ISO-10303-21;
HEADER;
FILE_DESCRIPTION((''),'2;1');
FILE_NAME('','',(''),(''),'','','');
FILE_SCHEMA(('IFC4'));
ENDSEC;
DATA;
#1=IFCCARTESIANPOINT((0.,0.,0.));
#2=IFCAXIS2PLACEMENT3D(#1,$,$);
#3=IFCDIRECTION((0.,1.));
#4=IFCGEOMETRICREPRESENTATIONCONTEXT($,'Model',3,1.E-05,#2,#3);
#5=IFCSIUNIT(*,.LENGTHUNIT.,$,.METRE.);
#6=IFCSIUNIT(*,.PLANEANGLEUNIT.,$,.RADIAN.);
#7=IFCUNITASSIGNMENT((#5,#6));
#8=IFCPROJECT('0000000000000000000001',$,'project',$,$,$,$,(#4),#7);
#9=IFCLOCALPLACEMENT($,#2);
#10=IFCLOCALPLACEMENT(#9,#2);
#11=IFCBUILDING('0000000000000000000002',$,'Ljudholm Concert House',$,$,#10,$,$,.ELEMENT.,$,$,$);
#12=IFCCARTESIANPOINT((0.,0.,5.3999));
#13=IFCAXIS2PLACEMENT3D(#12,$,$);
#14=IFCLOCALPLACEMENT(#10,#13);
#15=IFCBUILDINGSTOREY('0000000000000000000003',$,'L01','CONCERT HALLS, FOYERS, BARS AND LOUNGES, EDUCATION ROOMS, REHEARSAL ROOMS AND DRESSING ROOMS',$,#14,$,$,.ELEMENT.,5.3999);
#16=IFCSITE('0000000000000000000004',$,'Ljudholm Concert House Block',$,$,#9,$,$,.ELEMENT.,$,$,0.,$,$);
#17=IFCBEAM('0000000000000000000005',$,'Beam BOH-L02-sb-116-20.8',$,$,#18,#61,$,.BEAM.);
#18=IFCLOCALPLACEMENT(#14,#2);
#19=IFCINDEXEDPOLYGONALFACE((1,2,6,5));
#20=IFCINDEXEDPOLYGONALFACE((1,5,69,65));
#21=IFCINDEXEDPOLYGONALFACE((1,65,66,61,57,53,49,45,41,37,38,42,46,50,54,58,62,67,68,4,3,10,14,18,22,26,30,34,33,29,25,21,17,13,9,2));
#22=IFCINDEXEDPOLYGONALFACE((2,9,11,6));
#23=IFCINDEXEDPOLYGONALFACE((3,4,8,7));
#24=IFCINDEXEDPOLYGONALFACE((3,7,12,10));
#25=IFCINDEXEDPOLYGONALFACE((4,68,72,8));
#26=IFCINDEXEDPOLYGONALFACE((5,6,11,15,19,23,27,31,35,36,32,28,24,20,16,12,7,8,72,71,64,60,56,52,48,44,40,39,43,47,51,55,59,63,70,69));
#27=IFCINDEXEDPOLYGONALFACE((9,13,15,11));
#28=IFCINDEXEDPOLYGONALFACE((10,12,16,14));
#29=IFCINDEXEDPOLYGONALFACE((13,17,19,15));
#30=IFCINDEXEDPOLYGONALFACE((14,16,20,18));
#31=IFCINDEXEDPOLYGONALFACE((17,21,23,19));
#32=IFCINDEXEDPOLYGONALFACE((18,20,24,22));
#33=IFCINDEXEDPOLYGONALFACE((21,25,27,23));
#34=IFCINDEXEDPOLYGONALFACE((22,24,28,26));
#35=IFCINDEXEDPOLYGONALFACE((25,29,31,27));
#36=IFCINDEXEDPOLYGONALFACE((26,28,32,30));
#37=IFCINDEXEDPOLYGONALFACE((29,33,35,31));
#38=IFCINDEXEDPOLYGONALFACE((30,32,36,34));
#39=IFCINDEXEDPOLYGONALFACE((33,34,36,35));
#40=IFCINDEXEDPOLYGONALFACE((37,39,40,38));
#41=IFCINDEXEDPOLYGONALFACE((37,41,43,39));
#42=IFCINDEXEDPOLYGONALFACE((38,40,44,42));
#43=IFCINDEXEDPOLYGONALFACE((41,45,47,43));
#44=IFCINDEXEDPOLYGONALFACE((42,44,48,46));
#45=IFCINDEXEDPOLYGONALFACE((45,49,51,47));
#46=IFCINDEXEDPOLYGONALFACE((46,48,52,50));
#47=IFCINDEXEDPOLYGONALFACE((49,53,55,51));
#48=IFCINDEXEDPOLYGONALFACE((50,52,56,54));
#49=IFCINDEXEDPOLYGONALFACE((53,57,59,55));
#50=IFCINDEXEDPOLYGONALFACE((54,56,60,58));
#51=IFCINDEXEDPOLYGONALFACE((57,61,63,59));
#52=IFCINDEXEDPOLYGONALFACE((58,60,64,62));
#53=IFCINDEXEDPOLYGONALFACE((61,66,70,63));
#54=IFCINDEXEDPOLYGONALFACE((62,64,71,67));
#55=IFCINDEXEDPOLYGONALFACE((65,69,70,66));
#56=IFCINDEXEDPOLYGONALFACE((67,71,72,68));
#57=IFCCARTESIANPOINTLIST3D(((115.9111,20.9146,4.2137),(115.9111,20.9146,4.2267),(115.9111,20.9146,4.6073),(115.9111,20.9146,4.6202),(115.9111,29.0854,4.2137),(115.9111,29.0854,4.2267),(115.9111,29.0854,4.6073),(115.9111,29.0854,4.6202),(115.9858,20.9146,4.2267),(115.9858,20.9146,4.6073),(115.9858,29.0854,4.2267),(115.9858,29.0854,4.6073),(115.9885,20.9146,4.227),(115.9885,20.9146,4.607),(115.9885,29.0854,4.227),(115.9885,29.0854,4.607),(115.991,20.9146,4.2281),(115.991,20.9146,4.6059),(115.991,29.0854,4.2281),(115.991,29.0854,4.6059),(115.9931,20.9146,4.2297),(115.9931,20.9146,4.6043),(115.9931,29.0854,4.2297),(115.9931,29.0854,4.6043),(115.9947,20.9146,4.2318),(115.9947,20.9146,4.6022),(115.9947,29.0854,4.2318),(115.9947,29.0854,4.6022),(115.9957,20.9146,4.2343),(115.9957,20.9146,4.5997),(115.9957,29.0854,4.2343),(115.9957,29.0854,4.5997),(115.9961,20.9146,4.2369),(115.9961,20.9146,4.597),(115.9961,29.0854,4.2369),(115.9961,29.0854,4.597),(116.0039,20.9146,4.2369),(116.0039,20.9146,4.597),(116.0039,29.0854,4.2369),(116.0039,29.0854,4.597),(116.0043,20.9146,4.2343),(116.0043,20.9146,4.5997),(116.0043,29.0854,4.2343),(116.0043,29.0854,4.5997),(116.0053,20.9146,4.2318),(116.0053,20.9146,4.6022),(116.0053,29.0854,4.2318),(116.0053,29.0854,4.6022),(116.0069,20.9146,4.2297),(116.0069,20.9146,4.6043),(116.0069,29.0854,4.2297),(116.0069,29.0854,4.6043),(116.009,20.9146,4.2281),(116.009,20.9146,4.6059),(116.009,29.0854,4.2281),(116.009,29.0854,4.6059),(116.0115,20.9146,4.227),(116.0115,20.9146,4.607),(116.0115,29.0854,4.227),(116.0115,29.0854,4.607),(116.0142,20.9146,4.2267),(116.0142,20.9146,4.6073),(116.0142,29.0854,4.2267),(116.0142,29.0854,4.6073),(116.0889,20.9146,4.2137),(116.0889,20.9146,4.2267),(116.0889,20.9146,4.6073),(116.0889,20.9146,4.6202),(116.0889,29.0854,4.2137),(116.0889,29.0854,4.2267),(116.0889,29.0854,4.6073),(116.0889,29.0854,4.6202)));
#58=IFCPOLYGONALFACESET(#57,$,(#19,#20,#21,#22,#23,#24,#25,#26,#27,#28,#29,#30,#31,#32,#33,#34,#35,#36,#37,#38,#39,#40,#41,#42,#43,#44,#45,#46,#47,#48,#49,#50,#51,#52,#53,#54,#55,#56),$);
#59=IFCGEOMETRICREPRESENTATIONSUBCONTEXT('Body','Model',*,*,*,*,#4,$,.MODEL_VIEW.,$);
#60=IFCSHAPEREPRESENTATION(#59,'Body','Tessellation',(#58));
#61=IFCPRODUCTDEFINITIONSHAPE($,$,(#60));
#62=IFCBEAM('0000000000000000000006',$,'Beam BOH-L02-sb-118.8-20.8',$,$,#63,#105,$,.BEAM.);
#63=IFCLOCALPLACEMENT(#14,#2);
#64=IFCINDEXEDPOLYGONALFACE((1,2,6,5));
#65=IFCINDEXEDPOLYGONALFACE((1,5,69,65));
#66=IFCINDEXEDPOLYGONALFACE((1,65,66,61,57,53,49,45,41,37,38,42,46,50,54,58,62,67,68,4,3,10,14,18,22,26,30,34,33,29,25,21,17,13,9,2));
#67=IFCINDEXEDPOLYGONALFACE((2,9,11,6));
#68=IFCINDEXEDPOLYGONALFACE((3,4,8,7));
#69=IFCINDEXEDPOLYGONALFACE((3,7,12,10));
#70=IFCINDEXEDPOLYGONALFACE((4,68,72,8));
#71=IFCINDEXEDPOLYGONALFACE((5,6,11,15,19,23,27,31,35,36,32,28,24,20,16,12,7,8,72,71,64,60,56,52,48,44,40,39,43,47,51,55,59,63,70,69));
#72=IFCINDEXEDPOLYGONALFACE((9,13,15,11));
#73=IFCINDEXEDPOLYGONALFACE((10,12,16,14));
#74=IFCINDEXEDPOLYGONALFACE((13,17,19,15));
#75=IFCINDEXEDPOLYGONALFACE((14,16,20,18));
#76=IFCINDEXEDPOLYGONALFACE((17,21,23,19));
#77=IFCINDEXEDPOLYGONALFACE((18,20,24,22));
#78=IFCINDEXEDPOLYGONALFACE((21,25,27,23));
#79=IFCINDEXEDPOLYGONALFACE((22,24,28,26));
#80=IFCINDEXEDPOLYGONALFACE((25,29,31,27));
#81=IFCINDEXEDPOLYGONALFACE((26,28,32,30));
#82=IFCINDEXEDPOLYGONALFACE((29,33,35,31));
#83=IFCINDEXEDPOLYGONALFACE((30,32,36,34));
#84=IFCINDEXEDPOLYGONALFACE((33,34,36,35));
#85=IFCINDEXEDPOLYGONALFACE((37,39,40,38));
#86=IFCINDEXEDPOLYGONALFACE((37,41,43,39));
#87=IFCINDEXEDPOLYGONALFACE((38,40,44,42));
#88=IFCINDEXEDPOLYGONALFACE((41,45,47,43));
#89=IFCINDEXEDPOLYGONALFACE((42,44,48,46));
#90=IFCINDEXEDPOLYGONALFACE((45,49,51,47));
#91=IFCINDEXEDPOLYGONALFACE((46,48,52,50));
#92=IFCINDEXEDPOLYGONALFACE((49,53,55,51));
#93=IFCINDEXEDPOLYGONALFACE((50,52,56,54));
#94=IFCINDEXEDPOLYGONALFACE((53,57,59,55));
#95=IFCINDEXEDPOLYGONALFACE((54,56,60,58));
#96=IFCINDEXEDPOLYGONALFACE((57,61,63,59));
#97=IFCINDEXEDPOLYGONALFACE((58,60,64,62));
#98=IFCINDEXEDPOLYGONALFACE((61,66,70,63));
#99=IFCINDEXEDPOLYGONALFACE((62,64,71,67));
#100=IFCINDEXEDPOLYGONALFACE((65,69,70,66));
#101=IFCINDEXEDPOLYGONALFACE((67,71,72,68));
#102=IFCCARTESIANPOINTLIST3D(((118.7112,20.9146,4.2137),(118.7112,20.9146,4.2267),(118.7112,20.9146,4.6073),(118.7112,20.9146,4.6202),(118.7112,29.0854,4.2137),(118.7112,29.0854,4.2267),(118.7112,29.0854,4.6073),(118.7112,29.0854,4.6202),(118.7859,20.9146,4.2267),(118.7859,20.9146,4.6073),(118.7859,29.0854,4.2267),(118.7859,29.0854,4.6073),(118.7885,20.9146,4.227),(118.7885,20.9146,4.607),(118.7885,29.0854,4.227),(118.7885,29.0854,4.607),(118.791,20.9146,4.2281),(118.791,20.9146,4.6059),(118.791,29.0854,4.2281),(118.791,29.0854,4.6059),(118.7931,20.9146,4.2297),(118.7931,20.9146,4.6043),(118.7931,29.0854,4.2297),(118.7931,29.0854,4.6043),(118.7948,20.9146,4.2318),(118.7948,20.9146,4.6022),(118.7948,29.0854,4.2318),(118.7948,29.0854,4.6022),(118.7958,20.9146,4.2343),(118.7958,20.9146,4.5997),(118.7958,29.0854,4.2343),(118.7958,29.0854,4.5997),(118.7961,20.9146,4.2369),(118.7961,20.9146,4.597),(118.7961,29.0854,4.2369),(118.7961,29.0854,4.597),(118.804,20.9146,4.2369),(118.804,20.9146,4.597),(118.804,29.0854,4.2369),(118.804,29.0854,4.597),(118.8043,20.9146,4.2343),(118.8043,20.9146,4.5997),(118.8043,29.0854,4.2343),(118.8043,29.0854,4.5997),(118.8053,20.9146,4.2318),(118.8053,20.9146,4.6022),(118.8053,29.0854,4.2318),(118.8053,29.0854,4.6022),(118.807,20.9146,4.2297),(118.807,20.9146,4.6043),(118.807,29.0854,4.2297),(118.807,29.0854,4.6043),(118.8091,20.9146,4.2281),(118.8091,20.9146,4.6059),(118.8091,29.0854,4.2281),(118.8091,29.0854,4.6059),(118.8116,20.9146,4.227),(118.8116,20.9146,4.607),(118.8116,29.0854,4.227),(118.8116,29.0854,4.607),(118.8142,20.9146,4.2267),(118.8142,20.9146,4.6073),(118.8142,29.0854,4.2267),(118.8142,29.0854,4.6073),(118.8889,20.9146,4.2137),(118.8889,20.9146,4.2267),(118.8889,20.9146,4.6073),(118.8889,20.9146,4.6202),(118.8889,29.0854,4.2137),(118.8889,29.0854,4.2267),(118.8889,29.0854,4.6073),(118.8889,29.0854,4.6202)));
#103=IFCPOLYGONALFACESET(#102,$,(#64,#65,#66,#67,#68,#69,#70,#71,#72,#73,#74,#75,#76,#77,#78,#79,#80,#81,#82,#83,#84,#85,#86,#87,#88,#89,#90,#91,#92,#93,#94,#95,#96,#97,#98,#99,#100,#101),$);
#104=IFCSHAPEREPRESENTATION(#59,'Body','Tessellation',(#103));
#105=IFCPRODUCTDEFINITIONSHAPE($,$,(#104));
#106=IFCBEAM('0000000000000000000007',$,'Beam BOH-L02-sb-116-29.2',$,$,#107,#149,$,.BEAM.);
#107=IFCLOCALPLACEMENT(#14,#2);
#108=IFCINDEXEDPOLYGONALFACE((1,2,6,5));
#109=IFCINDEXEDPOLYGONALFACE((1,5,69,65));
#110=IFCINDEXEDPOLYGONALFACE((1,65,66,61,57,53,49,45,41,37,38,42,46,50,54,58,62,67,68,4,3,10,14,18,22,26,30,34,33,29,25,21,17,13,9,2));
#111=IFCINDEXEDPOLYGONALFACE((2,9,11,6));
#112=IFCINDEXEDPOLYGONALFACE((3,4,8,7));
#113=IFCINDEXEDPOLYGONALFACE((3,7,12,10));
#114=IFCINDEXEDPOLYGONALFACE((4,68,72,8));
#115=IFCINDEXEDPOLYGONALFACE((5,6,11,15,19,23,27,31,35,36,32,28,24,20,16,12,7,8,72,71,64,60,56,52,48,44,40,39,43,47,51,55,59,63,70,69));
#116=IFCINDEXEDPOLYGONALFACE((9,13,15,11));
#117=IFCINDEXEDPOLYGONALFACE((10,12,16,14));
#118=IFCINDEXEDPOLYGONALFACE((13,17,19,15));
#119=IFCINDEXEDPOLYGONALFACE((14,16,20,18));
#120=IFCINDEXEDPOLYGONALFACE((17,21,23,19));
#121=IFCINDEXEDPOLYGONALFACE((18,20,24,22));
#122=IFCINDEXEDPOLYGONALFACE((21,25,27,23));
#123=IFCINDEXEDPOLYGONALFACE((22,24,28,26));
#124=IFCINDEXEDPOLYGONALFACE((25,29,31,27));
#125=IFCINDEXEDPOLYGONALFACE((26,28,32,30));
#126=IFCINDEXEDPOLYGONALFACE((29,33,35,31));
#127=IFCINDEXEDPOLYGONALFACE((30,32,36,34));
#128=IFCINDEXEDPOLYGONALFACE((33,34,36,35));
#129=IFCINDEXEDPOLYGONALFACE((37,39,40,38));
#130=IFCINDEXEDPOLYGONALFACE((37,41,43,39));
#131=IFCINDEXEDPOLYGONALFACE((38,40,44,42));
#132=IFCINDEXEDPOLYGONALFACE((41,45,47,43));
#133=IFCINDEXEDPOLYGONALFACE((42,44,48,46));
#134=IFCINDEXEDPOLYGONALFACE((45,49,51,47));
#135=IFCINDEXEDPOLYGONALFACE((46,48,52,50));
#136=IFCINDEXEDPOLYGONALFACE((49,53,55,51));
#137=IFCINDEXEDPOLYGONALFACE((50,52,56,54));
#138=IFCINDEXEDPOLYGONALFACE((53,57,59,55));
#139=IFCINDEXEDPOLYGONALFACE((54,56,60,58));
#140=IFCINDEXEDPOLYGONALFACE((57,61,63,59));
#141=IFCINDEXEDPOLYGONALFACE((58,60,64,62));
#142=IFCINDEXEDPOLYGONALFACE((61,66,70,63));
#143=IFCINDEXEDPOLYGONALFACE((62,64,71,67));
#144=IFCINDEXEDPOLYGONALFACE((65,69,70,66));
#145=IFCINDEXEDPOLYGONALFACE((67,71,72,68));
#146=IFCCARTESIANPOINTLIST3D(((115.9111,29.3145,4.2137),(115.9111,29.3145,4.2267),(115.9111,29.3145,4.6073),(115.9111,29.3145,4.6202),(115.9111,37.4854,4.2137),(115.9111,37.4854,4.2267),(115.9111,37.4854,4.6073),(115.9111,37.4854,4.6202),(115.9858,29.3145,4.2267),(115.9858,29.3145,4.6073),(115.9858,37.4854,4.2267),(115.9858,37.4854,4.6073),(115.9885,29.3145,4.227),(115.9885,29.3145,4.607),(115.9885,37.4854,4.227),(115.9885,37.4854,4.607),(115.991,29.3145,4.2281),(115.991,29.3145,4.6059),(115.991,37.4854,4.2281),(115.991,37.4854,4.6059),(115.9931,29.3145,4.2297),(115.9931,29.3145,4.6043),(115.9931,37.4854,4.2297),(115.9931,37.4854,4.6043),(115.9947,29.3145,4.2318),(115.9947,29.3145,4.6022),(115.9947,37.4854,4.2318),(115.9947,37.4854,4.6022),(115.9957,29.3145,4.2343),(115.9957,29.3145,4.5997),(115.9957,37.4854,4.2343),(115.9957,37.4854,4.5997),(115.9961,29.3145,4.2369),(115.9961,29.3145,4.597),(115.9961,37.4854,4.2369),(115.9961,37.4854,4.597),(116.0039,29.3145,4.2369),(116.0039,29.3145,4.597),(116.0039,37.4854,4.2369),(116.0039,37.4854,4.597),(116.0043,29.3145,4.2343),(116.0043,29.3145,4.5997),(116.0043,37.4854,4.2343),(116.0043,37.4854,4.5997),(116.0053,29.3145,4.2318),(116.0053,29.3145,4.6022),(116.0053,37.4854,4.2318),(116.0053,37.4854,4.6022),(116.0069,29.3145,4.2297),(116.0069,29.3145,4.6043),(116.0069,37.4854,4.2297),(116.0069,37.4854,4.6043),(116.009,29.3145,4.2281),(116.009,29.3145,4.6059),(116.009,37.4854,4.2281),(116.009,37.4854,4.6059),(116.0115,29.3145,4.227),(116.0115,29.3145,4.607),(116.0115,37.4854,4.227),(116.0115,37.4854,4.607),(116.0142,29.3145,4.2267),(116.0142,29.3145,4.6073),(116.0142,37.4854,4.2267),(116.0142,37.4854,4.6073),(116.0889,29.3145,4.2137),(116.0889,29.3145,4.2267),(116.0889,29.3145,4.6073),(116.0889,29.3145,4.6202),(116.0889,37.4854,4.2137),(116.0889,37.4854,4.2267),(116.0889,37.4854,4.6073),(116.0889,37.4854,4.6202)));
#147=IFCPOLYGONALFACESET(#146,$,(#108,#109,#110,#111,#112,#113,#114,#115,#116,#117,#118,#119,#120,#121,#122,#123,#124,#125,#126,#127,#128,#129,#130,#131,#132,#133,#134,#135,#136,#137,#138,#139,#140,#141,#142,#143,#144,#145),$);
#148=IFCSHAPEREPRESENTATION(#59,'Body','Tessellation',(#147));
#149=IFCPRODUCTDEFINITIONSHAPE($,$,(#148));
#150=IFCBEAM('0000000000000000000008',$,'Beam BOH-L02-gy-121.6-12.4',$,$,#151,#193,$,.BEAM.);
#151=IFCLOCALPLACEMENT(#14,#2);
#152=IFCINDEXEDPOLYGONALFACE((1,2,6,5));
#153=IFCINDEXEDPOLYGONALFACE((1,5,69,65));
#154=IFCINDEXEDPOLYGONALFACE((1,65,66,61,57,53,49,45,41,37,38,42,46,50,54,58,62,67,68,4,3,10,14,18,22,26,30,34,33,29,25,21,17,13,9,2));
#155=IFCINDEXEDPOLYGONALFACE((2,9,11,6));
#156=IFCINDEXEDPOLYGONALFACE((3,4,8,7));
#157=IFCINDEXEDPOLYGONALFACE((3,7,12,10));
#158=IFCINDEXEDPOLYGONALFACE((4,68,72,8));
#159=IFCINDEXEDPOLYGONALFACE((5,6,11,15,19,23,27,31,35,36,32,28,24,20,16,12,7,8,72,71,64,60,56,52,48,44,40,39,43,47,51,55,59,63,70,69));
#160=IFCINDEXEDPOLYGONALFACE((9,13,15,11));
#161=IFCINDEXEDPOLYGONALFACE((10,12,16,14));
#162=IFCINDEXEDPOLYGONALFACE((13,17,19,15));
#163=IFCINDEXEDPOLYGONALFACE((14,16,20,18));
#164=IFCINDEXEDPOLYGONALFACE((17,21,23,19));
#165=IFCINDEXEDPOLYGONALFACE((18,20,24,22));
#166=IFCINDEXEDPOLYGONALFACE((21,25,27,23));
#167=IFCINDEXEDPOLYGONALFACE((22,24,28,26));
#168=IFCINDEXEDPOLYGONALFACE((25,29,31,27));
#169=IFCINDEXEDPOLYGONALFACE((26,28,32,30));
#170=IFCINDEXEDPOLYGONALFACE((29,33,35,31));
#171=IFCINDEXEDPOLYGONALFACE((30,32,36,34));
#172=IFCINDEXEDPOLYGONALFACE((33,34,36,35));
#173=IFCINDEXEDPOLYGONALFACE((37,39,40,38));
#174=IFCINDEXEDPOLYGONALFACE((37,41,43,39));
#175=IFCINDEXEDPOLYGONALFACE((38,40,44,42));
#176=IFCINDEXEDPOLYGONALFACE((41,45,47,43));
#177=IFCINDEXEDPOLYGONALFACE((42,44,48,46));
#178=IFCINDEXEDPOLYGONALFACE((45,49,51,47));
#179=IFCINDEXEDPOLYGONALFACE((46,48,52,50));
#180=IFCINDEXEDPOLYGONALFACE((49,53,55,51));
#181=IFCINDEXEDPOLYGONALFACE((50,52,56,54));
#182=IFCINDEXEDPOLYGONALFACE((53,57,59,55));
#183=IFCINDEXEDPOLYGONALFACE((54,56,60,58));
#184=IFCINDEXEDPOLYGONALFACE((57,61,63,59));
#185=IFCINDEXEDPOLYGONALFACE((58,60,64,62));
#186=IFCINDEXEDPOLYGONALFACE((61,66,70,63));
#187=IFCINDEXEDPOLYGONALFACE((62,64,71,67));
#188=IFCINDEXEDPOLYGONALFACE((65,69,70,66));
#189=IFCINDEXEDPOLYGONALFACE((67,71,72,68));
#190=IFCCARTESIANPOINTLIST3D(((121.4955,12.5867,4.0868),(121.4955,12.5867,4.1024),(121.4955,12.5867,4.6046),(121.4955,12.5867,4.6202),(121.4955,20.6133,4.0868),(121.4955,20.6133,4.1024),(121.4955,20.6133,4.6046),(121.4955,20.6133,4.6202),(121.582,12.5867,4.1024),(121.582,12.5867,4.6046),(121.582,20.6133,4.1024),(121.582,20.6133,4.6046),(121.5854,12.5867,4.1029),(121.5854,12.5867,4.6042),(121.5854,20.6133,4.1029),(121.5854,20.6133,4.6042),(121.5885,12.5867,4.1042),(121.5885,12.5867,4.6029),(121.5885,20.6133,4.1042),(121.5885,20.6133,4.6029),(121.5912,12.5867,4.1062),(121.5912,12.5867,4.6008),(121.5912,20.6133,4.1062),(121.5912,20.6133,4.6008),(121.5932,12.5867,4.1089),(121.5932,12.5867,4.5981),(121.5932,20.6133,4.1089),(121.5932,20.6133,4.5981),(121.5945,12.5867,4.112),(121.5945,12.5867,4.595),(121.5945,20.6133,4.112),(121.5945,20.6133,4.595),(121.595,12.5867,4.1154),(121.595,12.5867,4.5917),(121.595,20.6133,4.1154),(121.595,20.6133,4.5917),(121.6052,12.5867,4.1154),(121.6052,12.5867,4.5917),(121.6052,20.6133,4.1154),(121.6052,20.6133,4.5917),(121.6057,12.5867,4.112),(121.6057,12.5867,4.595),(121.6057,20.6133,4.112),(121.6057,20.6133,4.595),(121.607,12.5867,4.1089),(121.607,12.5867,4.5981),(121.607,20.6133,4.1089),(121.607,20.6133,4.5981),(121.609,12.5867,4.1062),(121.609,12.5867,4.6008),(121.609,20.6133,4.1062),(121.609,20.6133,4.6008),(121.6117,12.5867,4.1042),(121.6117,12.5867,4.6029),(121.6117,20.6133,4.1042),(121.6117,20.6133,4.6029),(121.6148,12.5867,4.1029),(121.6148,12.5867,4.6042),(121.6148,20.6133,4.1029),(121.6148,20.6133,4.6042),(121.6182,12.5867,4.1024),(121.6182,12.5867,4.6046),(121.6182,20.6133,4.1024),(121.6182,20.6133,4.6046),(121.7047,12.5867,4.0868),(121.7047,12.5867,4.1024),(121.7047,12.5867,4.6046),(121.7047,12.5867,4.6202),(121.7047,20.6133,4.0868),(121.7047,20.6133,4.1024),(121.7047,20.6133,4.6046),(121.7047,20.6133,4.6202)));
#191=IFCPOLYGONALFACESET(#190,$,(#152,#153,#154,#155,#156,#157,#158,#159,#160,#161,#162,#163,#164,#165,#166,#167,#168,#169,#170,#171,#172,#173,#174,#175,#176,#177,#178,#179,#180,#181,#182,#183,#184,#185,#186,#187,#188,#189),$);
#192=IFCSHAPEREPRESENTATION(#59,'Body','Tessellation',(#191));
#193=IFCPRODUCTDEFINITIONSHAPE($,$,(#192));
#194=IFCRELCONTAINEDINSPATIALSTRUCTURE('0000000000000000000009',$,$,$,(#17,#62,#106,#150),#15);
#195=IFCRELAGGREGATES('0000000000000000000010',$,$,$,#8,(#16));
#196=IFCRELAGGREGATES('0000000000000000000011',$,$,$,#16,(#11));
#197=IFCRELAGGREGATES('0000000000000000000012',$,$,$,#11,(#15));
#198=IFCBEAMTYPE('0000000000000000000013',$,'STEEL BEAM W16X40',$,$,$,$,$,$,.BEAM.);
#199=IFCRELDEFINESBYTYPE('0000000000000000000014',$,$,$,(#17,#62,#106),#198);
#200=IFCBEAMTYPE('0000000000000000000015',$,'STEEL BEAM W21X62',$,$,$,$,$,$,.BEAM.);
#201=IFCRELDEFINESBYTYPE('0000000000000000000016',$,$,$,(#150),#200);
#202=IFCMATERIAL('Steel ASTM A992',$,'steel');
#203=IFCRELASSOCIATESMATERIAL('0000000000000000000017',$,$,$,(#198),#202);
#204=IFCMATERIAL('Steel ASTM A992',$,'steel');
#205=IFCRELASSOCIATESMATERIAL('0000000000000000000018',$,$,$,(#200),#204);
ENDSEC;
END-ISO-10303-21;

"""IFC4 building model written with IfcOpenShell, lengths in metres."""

from ifc_helpers import new_model, si_unit, direction, frame, origin, origin_2d, place, context, subcontext, project, spatial, i_section, extrude, material, material_profile, profile_set, type_object, element, save


model = new_model("IFC4")

# Units and contexts
model_context = context("Model", 3, precision=1e-05, world=origin(), true_north=direction((0.0, 1.0)))
body_context = subcontext(model_context, "Body", "Model", "MODEL_VIEW")
ifc_project = project(units=[si_unit("LENGTHUNIT", "METRE"), si_unit("PLANEANGLEUNIT", "RADIAN")], contexts=[model_context])

# Site, building, storey
site_placement = place(None, origin())
site = spatial("IfcSite", under=ifc_project, at=site_placement, Name="Ljudholm Concert House Block", CompositionType="ELEMENT", RefElevation=0.0)
building_placement = place(site_placement, origin())
building = spatial("IfcBuilding", under=site, at=building_placement, Name="Ljudholm Concert House", CompositionType="ELEMENT")
storey_placement = place(building_placement, frame((0.0, 0.0, 5.3999)))
storey = spatial("IfcBuildingStorey", under=building, at=storey_placement, Name="L01", Description="CONCERT HALLS, FOYERS, BARS AND LOUNGES, EDUCATION ROOMS, REHEARSAL ROOMS AND DRESSING ROOMS", CompositionType="ELEMENT", Elevation=5.3999)

# Beams
ifc_material_1 = material(Name="Steel ASTM A992", Category="steel")
ifc_material_profile_1 = material_profile(ifc_material_1, i_section(OverallWidth=0.1777, OverallDepth=0.4065, WebThickness=0.0078, FlangeThickness=0.0129, FilletRadius=0.0103, at=origin_2d()), Name="W16X40")
ifc_profile_set_1 = profile_set([ifc_material_profile_1], Name="Steel ASTM A992")
beam_type_1 = type_object("IfcBeamType", Name="STEEL BEAM W16X40", PredefinedType="BEAM", material=ifc_profile_set_1)
for number, where, z_axis, x_axis, name in (
    (1, (116.0, 20.9146, 4.417), (0.0, 1.0, 0.0), (-1.0, 0.0, 0.0), "Beam BOH-L02-sb-116-20.8"),
    (2, (118.8, 20.9146, 4.417), (0.0, 1.0, 0.0), (-1.0, 0.0, 0.0), "Beam BOH-L02-sb-118.8-20.8"),
    (3, (116.0, 29.3145, 4.417), (0.0, 1.0, 0.0), (-1.0, 0.0, 0.0), "Beam BOH-L02-sb-116-29.2"),
):
    element("IfcBeam", number, at=place(storey_placement, frame(where, z_axis=z_axis, x_axis=x_axis)), inside=storey, type_object=beam_type_1, Name=name, PredefinedType="BEAM", context=body_context, shape_type="SweptSolid", body=[
        extrude(i_section(OverallWidth=0.1777, OverallDepth=0.4065, WebThickness=0.0078, FlangeThickness=0.0129, FilletRadius=0.0103, at=origin_2d()), origin(), (0.0, 0.0, 1.0), 8.1709),
    ])
ifc_material_2 = material(Name="Steel ASTM A992", Category="steel")
ifc_material_profile_2 = material_profile(ifc_material_2, i_section(OverallWidth=0.2092, OverallDepth=0.5334, WebThickness=0.0103, FlangeThickness=0.0156, FilletRadius=0.0129, at=origin_2d()), Name="W21X62")
ifc_profile_set_2 = profile_set([ifc_material_profile_2], Name="Steel ASTM A992")
beam_type_2 = type_object("IfcBeamType", Name="STEEL BEAM W21X62", PredefinedType="BEAM", material=ifc_profile_set_2)
beam_1_placement = place(storey_placement, frame((121.6001, 12.5867, 4.3535), z_axis=(0.0, 1.0, 0.0), x_axis=(-1.0, 0.0, 0.0)))
element("IfcBeam", 4, at=beam_1_placement, inside=storey, type_object=beam_type_2, Name="Beam BOH-L02-gy-121.6-12.4", PredefinedType="BEAM", context=body_context, shape_type="SweptSolid", body=[
    extrude(i_section(OverallWidth=0.2092, OverallDepth=0.5334, WebThickness=0.0103, FlangeThickness=0.0156, FilletRadius=0.0129, at=origin_2d()), origin(), (0.0, 0.0, 1.0), 8.0266),
])

save(model, "model.ifc")
